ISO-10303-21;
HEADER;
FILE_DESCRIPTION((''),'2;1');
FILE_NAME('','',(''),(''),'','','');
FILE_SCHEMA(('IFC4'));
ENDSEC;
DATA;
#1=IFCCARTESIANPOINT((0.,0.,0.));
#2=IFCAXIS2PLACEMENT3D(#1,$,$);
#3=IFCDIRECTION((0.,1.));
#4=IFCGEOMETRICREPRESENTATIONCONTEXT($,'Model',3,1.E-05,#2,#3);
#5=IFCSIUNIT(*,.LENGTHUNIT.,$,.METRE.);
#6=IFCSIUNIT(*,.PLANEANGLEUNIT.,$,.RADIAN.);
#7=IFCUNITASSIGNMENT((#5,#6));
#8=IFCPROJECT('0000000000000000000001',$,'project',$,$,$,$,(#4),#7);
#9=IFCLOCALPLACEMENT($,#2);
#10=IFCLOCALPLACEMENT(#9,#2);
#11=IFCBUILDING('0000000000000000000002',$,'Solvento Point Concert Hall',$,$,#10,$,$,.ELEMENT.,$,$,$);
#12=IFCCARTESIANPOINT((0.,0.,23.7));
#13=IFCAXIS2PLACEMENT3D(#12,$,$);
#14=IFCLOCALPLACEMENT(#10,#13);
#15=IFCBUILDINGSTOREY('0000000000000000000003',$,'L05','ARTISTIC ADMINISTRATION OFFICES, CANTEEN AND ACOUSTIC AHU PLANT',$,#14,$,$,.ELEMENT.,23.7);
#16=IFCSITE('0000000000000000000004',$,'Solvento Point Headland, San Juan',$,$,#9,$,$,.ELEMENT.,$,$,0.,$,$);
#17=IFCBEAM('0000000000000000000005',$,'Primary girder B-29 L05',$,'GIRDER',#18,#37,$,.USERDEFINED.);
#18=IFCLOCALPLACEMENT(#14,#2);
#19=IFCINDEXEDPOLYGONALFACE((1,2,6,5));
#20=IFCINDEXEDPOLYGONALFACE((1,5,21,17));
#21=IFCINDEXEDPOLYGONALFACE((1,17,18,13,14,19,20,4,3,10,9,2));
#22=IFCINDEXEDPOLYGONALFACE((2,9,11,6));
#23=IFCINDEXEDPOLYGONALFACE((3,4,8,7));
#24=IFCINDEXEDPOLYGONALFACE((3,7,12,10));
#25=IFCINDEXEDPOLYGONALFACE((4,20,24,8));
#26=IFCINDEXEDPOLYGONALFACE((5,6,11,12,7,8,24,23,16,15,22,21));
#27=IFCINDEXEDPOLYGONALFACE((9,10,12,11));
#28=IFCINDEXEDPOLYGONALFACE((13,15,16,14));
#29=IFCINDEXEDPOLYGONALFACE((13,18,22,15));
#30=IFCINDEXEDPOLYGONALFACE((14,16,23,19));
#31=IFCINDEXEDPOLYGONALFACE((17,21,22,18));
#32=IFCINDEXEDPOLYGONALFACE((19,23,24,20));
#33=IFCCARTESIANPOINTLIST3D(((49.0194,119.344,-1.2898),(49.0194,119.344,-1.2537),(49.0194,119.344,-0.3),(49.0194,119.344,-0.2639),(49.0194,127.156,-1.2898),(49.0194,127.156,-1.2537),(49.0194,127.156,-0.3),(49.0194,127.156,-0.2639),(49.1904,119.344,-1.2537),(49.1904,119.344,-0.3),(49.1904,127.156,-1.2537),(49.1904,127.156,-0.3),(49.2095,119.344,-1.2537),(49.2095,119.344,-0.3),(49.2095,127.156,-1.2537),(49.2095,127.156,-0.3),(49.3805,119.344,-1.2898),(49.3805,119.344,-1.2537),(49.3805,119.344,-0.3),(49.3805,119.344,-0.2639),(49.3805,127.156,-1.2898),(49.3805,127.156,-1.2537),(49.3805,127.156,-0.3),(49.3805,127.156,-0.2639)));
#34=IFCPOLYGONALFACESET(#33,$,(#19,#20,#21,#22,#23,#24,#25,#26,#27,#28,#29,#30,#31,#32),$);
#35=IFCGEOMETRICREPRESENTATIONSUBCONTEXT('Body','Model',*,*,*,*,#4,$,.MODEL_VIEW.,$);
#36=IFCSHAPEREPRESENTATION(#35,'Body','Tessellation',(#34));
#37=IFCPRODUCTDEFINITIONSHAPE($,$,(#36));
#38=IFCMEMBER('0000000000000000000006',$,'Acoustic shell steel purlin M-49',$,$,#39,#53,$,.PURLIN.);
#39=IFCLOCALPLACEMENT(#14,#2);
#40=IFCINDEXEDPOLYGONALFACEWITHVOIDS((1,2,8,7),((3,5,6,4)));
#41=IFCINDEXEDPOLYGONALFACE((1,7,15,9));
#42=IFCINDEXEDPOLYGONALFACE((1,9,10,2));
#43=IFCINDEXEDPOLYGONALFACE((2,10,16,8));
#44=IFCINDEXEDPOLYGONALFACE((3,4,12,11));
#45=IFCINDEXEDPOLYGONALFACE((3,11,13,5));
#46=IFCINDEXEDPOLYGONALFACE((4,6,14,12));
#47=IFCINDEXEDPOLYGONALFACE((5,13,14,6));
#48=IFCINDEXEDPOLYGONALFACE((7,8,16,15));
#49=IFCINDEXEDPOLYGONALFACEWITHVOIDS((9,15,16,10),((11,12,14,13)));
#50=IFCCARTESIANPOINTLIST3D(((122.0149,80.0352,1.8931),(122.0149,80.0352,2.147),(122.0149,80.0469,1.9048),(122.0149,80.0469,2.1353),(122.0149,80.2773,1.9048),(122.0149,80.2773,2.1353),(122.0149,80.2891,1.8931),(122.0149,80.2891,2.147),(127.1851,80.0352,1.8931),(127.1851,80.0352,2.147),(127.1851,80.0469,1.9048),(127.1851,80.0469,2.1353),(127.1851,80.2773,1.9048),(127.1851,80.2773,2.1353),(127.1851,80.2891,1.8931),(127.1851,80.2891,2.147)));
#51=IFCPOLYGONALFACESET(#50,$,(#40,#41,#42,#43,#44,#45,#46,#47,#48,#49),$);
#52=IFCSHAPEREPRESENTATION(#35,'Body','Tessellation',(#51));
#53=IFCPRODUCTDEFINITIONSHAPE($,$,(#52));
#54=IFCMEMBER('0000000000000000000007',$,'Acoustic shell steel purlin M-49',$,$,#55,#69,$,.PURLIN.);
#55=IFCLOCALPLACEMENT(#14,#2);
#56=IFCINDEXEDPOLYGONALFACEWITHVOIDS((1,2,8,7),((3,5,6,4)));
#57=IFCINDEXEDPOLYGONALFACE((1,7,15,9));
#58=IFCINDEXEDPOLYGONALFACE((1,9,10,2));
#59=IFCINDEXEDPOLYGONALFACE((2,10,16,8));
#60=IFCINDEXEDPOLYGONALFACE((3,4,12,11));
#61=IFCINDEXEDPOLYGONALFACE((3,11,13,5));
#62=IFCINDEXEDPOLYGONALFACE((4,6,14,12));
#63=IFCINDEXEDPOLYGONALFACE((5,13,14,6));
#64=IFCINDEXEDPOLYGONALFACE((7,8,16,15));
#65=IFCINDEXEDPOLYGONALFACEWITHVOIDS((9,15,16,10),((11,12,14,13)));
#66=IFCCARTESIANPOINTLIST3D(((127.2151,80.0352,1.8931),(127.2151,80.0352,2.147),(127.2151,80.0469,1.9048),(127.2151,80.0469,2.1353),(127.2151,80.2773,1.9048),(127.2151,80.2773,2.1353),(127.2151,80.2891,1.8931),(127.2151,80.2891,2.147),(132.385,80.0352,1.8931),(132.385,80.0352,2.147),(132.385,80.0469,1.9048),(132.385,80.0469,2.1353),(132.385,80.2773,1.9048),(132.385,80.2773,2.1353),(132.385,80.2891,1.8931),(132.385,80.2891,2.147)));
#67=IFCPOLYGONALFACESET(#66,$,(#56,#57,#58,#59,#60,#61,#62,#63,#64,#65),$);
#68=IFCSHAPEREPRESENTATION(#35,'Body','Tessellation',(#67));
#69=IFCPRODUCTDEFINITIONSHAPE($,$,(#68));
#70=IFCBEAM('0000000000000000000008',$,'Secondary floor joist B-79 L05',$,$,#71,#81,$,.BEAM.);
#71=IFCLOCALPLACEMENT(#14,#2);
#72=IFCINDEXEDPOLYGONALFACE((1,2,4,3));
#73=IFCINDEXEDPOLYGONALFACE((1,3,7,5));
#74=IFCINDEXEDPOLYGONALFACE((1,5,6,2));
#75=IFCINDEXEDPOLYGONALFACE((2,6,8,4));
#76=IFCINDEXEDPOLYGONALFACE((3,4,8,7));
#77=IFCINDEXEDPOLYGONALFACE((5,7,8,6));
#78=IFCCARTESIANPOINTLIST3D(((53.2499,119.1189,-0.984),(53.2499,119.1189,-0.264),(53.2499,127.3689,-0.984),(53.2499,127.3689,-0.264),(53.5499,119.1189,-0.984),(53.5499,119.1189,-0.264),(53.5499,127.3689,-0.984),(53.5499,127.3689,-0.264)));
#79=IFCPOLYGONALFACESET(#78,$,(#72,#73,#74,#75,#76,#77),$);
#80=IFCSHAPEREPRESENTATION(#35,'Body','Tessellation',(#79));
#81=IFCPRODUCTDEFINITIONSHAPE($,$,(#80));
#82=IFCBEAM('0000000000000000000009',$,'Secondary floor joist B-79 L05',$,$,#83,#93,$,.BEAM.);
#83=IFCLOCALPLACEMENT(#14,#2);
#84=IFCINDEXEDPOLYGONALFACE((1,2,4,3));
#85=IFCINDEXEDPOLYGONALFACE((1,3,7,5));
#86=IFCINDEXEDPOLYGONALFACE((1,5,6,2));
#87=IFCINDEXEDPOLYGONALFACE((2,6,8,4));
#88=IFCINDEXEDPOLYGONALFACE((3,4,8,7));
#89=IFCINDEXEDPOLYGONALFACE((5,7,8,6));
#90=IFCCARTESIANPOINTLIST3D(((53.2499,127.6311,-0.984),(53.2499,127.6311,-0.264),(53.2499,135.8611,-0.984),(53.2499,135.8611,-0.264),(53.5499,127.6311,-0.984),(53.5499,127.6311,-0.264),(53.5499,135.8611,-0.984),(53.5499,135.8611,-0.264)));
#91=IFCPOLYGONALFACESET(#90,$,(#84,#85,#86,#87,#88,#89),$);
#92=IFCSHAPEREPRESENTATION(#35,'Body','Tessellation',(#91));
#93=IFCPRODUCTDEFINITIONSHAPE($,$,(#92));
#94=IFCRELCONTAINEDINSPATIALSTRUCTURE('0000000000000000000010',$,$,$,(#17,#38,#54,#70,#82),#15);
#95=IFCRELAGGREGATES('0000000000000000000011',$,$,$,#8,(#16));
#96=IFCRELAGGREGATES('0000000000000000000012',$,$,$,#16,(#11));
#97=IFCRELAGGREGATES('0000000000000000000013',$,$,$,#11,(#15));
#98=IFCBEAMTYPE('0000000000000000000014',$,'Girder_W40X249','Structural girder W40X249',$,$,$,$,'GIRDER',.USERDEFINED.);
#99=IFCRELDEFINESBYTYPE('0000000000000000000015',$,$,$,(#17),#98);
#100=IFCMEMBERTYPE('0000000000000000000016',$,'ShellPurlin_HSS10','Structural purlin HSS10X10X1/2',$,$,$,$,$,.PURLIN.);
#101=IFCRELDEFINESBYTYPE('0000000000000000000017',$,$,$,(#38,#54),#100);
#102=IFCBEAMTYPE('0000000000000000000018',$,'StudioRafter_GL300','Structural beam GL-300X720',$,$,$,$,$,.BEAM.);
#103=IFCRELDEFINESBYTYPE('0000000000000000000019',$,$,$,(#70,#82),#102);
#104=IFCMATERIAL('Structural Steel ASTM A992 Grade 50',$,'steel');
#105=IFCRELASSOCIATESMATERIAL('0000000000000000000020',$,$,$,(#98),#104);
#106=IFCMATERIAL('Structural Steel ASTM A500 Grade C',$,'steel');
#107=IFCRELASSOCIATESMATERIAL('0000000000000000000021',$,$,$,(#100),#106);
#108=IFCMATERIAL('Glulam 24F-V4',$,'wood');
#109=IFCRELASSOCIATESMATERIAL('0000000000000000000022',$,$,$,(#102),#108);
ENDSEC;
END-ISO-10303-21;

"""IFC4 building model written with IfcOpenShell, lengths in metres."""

from ifc_helpers import new_model, si_unit, direction, frame, origin, origin_2d, place, context, subcontext, project, spatial, rectangle, hollow_rectangle, i_section, extrude, material, material_profile, profile_set, type_object, element, save


model = new_model("IFC4")

# Units and contexts
model_context = context("Model", 3, precision=1e-05, world=origin(), true_north=direction((0.0, 1.0)))
body_context = subcontext(model_context, "Body", "Model", "MODEL_VIEW")
ifc_project = project(units=[si_unit("LENGTHUNIT", "METRE"), si_unit("PLANEANGLEUNIT", "RADIAN")], contexts=[model_context])

# Site, building, storey
site_placement = place(None, origin())
site = spatial("IfcSite", under=ifc_project, at=site_placement, Name="Solvento Point Headland, San Juan", CompositionType="ELEMENT", RefElevation=0.0)
building_placement = place(site_placement, origin())
building = spatial("IfcBuilding", under=site, at=building_placement, Name="Solvento Point Concert Hall", CompositionType="ELEMENT")
storey_placement = place(building_placement, frame((0.0, 0.0, 23.7)))
storey = spatial("IfcBuildingStorey", under=building, at=storey_placement, Name="L05", Description="ARTISTIC ADMINISTRATION OFFICES, CANTEEN AND ACOUSTIC AHU PLANT", CompositionType="ELEMENT", Elevation=23.7)

# Beam
ifc_material_1 = material(Name="Structural Steel ASTM A992 Grade 50", Category="steel")
ifc_material_profile_1 = material_profile(ifc_material_1, i_section(OverallWidth=0.3611, OverallDepth=1.0259, WebThickness=0.019, FlangeThickness=0.0361, at=origin_2d()), Name="W40X249")
ifc_profile_set_1 = profile_set([ifc_material_profile_1], Name="Structural Steel ASTM A992 Grade 50")
beam_type_1 = type_object("IfcBeamType", Name="Girder_W40X249", Description="Structural girder W40X249", ElementType="GIRDER", PredefinedType="USERDEFINED", material=ifc_profile_set_1)
beam_1_placement = place(storey_placement, frame((49.2, 119.344, -0.7769), z_axis=(0.0, 1.0, 0.0), x_axis=(-1.0, 0.0, 0.0)))
element("IfcBeam", 1, at=beam_1_placement, inside=storey, type_object=beam_type_1, Name="Primary girder B-29 L05", ObjectType="GIRDER", PredefinedType="USERDEFINED", context=body_context, shape_type="SweptSolid", body=[
    extrude(i_section(OverallWidth=0.3611, OverallDepth=1.0259, WebThickness=0.019, FlangeThickness=0.0361, at=origin_2d()), origin(), (0.0, 0.0, 1.0), 7.812),
])

# Members
ifc_material_2 = material(Name="Structural Steel ASTM A500 Grade C", Category="steel")
ifc_material_profile_2 = material_profile(ifc_material_2, hollow_rectangle(XDim=0.2539, YDim=0.2539, WallThickness=0.0117, at=origin_2d()), Name="HSS10X10X1/2")
ifc_profile_set_2 = profile_set([ifc_material_profile_2], Name="Structural Steel ASTM A500 Grade C")
member_type = type_object("IfcMemberType", Name="ShellPurlin_HSS10", Description="Structural purlin HSS10X10X1/2", PredefinedType="PURLIN", material=ifc_profile_set_2)
member_1_placement = place(storey_placement, frame((122.0149, 80.1621, 2.02), z_axis=(1.0, 0.0, 0.0), x_axis=(0.0, 1.0, 0.0)))
element("IfcMember", 2, at=member_1_placement, inside=storey, type_object=member_type, Name="Acoustic shell steel purlin M-49", PredefinedType="PURLIN", context=body_context, shape_type="SweptSolid", body=[
    extrude(hollow_rectangle(XDim=0.2539, YDim=0.2539, WallThickness=0.0117, at=origin_2d()), origin(), (0.0, 0.0, 1.0), 5.1702),
])
member_2_placement = place(storey_placement, frame((127.2151, 80.1621, 2.02), z_axis=(1.0, 0.0, 0.0), x_axis=(0.0, 1.0, 0.0)))
element("IfcMember", 3, at=member_2_placement, inside=storey, type_object=member_type, Name="Acoustic shell steel purlin M-49", PredefinedType="PURLIN", context=body_context, shape_type="SweptSolid", body=[
    extrude(hollow_rectangle(XDim=0.2539, YDim=0.2539, WallThickness=0.0117, at=origin_2d()), origin(), (0.0, 0.0, 1.0), 5.1699),
])

# Beams
ifc_material_3 = material(Name="Glulam 24F-V4", Category="wood")
ifc_material_profile_3 = material_profile(ifc_material_3, rectangle(XDim=0.3, YDim=0.72, at=origin_2d()), Name="GL-300X720")
ifc_profile_set_3 = profile_set([ifc_material_profile_3], Name="Glulam 24F-V4")
beam_type_2 = type_object("IfcBeamType", Name="StudioRafter_GL300", Description="Structural beam GL-300X720", PredefinedType="BEAM", material=ifc_profile_set_3)
beam_2_placement = place(storey_placement, frame((53.3999, 119.1189, -0.624), z_axis=(0.0, 1.0, 0.0), x_axis=(-1.0, 0.0, 0.0)))
element("IfcBeam", 4, at=beam_2_placement, inside=storey, type_object=beam_type_2, Name="Secondary floor joist B-79 L05", PredefinedType="BEAM", context=body_context, shape_type="SweptSolid", body=[
    extrude(rectangle(XDim=0.3, YDim=0.72, at=origin_2d()), origin(), (0.0, 0.0, 1.0), 8.25),
])
beam_3_placement = place(storey_placement, frame((53.3999, 127.6311, -0.624), z_axis=(0.0, 1.0, 0.0), x_axis=(-1.0, 0.0, 0.0)))
element("IfcBeam", 5, at=beam_3_placement, inside=storey, type_object=beam_type_2, Name="Secondary floor joist B-79 L05", PredefinedType="BEAM", context=body_context, shape_type="SweptSolid", body=[
    extrude(rectangle(XDim=0.3, YDim=0.72, at=origin_2d()), origin(), (0.0, 0.0, 1.0), 8.23),
])

save(model, "model.ifc")
